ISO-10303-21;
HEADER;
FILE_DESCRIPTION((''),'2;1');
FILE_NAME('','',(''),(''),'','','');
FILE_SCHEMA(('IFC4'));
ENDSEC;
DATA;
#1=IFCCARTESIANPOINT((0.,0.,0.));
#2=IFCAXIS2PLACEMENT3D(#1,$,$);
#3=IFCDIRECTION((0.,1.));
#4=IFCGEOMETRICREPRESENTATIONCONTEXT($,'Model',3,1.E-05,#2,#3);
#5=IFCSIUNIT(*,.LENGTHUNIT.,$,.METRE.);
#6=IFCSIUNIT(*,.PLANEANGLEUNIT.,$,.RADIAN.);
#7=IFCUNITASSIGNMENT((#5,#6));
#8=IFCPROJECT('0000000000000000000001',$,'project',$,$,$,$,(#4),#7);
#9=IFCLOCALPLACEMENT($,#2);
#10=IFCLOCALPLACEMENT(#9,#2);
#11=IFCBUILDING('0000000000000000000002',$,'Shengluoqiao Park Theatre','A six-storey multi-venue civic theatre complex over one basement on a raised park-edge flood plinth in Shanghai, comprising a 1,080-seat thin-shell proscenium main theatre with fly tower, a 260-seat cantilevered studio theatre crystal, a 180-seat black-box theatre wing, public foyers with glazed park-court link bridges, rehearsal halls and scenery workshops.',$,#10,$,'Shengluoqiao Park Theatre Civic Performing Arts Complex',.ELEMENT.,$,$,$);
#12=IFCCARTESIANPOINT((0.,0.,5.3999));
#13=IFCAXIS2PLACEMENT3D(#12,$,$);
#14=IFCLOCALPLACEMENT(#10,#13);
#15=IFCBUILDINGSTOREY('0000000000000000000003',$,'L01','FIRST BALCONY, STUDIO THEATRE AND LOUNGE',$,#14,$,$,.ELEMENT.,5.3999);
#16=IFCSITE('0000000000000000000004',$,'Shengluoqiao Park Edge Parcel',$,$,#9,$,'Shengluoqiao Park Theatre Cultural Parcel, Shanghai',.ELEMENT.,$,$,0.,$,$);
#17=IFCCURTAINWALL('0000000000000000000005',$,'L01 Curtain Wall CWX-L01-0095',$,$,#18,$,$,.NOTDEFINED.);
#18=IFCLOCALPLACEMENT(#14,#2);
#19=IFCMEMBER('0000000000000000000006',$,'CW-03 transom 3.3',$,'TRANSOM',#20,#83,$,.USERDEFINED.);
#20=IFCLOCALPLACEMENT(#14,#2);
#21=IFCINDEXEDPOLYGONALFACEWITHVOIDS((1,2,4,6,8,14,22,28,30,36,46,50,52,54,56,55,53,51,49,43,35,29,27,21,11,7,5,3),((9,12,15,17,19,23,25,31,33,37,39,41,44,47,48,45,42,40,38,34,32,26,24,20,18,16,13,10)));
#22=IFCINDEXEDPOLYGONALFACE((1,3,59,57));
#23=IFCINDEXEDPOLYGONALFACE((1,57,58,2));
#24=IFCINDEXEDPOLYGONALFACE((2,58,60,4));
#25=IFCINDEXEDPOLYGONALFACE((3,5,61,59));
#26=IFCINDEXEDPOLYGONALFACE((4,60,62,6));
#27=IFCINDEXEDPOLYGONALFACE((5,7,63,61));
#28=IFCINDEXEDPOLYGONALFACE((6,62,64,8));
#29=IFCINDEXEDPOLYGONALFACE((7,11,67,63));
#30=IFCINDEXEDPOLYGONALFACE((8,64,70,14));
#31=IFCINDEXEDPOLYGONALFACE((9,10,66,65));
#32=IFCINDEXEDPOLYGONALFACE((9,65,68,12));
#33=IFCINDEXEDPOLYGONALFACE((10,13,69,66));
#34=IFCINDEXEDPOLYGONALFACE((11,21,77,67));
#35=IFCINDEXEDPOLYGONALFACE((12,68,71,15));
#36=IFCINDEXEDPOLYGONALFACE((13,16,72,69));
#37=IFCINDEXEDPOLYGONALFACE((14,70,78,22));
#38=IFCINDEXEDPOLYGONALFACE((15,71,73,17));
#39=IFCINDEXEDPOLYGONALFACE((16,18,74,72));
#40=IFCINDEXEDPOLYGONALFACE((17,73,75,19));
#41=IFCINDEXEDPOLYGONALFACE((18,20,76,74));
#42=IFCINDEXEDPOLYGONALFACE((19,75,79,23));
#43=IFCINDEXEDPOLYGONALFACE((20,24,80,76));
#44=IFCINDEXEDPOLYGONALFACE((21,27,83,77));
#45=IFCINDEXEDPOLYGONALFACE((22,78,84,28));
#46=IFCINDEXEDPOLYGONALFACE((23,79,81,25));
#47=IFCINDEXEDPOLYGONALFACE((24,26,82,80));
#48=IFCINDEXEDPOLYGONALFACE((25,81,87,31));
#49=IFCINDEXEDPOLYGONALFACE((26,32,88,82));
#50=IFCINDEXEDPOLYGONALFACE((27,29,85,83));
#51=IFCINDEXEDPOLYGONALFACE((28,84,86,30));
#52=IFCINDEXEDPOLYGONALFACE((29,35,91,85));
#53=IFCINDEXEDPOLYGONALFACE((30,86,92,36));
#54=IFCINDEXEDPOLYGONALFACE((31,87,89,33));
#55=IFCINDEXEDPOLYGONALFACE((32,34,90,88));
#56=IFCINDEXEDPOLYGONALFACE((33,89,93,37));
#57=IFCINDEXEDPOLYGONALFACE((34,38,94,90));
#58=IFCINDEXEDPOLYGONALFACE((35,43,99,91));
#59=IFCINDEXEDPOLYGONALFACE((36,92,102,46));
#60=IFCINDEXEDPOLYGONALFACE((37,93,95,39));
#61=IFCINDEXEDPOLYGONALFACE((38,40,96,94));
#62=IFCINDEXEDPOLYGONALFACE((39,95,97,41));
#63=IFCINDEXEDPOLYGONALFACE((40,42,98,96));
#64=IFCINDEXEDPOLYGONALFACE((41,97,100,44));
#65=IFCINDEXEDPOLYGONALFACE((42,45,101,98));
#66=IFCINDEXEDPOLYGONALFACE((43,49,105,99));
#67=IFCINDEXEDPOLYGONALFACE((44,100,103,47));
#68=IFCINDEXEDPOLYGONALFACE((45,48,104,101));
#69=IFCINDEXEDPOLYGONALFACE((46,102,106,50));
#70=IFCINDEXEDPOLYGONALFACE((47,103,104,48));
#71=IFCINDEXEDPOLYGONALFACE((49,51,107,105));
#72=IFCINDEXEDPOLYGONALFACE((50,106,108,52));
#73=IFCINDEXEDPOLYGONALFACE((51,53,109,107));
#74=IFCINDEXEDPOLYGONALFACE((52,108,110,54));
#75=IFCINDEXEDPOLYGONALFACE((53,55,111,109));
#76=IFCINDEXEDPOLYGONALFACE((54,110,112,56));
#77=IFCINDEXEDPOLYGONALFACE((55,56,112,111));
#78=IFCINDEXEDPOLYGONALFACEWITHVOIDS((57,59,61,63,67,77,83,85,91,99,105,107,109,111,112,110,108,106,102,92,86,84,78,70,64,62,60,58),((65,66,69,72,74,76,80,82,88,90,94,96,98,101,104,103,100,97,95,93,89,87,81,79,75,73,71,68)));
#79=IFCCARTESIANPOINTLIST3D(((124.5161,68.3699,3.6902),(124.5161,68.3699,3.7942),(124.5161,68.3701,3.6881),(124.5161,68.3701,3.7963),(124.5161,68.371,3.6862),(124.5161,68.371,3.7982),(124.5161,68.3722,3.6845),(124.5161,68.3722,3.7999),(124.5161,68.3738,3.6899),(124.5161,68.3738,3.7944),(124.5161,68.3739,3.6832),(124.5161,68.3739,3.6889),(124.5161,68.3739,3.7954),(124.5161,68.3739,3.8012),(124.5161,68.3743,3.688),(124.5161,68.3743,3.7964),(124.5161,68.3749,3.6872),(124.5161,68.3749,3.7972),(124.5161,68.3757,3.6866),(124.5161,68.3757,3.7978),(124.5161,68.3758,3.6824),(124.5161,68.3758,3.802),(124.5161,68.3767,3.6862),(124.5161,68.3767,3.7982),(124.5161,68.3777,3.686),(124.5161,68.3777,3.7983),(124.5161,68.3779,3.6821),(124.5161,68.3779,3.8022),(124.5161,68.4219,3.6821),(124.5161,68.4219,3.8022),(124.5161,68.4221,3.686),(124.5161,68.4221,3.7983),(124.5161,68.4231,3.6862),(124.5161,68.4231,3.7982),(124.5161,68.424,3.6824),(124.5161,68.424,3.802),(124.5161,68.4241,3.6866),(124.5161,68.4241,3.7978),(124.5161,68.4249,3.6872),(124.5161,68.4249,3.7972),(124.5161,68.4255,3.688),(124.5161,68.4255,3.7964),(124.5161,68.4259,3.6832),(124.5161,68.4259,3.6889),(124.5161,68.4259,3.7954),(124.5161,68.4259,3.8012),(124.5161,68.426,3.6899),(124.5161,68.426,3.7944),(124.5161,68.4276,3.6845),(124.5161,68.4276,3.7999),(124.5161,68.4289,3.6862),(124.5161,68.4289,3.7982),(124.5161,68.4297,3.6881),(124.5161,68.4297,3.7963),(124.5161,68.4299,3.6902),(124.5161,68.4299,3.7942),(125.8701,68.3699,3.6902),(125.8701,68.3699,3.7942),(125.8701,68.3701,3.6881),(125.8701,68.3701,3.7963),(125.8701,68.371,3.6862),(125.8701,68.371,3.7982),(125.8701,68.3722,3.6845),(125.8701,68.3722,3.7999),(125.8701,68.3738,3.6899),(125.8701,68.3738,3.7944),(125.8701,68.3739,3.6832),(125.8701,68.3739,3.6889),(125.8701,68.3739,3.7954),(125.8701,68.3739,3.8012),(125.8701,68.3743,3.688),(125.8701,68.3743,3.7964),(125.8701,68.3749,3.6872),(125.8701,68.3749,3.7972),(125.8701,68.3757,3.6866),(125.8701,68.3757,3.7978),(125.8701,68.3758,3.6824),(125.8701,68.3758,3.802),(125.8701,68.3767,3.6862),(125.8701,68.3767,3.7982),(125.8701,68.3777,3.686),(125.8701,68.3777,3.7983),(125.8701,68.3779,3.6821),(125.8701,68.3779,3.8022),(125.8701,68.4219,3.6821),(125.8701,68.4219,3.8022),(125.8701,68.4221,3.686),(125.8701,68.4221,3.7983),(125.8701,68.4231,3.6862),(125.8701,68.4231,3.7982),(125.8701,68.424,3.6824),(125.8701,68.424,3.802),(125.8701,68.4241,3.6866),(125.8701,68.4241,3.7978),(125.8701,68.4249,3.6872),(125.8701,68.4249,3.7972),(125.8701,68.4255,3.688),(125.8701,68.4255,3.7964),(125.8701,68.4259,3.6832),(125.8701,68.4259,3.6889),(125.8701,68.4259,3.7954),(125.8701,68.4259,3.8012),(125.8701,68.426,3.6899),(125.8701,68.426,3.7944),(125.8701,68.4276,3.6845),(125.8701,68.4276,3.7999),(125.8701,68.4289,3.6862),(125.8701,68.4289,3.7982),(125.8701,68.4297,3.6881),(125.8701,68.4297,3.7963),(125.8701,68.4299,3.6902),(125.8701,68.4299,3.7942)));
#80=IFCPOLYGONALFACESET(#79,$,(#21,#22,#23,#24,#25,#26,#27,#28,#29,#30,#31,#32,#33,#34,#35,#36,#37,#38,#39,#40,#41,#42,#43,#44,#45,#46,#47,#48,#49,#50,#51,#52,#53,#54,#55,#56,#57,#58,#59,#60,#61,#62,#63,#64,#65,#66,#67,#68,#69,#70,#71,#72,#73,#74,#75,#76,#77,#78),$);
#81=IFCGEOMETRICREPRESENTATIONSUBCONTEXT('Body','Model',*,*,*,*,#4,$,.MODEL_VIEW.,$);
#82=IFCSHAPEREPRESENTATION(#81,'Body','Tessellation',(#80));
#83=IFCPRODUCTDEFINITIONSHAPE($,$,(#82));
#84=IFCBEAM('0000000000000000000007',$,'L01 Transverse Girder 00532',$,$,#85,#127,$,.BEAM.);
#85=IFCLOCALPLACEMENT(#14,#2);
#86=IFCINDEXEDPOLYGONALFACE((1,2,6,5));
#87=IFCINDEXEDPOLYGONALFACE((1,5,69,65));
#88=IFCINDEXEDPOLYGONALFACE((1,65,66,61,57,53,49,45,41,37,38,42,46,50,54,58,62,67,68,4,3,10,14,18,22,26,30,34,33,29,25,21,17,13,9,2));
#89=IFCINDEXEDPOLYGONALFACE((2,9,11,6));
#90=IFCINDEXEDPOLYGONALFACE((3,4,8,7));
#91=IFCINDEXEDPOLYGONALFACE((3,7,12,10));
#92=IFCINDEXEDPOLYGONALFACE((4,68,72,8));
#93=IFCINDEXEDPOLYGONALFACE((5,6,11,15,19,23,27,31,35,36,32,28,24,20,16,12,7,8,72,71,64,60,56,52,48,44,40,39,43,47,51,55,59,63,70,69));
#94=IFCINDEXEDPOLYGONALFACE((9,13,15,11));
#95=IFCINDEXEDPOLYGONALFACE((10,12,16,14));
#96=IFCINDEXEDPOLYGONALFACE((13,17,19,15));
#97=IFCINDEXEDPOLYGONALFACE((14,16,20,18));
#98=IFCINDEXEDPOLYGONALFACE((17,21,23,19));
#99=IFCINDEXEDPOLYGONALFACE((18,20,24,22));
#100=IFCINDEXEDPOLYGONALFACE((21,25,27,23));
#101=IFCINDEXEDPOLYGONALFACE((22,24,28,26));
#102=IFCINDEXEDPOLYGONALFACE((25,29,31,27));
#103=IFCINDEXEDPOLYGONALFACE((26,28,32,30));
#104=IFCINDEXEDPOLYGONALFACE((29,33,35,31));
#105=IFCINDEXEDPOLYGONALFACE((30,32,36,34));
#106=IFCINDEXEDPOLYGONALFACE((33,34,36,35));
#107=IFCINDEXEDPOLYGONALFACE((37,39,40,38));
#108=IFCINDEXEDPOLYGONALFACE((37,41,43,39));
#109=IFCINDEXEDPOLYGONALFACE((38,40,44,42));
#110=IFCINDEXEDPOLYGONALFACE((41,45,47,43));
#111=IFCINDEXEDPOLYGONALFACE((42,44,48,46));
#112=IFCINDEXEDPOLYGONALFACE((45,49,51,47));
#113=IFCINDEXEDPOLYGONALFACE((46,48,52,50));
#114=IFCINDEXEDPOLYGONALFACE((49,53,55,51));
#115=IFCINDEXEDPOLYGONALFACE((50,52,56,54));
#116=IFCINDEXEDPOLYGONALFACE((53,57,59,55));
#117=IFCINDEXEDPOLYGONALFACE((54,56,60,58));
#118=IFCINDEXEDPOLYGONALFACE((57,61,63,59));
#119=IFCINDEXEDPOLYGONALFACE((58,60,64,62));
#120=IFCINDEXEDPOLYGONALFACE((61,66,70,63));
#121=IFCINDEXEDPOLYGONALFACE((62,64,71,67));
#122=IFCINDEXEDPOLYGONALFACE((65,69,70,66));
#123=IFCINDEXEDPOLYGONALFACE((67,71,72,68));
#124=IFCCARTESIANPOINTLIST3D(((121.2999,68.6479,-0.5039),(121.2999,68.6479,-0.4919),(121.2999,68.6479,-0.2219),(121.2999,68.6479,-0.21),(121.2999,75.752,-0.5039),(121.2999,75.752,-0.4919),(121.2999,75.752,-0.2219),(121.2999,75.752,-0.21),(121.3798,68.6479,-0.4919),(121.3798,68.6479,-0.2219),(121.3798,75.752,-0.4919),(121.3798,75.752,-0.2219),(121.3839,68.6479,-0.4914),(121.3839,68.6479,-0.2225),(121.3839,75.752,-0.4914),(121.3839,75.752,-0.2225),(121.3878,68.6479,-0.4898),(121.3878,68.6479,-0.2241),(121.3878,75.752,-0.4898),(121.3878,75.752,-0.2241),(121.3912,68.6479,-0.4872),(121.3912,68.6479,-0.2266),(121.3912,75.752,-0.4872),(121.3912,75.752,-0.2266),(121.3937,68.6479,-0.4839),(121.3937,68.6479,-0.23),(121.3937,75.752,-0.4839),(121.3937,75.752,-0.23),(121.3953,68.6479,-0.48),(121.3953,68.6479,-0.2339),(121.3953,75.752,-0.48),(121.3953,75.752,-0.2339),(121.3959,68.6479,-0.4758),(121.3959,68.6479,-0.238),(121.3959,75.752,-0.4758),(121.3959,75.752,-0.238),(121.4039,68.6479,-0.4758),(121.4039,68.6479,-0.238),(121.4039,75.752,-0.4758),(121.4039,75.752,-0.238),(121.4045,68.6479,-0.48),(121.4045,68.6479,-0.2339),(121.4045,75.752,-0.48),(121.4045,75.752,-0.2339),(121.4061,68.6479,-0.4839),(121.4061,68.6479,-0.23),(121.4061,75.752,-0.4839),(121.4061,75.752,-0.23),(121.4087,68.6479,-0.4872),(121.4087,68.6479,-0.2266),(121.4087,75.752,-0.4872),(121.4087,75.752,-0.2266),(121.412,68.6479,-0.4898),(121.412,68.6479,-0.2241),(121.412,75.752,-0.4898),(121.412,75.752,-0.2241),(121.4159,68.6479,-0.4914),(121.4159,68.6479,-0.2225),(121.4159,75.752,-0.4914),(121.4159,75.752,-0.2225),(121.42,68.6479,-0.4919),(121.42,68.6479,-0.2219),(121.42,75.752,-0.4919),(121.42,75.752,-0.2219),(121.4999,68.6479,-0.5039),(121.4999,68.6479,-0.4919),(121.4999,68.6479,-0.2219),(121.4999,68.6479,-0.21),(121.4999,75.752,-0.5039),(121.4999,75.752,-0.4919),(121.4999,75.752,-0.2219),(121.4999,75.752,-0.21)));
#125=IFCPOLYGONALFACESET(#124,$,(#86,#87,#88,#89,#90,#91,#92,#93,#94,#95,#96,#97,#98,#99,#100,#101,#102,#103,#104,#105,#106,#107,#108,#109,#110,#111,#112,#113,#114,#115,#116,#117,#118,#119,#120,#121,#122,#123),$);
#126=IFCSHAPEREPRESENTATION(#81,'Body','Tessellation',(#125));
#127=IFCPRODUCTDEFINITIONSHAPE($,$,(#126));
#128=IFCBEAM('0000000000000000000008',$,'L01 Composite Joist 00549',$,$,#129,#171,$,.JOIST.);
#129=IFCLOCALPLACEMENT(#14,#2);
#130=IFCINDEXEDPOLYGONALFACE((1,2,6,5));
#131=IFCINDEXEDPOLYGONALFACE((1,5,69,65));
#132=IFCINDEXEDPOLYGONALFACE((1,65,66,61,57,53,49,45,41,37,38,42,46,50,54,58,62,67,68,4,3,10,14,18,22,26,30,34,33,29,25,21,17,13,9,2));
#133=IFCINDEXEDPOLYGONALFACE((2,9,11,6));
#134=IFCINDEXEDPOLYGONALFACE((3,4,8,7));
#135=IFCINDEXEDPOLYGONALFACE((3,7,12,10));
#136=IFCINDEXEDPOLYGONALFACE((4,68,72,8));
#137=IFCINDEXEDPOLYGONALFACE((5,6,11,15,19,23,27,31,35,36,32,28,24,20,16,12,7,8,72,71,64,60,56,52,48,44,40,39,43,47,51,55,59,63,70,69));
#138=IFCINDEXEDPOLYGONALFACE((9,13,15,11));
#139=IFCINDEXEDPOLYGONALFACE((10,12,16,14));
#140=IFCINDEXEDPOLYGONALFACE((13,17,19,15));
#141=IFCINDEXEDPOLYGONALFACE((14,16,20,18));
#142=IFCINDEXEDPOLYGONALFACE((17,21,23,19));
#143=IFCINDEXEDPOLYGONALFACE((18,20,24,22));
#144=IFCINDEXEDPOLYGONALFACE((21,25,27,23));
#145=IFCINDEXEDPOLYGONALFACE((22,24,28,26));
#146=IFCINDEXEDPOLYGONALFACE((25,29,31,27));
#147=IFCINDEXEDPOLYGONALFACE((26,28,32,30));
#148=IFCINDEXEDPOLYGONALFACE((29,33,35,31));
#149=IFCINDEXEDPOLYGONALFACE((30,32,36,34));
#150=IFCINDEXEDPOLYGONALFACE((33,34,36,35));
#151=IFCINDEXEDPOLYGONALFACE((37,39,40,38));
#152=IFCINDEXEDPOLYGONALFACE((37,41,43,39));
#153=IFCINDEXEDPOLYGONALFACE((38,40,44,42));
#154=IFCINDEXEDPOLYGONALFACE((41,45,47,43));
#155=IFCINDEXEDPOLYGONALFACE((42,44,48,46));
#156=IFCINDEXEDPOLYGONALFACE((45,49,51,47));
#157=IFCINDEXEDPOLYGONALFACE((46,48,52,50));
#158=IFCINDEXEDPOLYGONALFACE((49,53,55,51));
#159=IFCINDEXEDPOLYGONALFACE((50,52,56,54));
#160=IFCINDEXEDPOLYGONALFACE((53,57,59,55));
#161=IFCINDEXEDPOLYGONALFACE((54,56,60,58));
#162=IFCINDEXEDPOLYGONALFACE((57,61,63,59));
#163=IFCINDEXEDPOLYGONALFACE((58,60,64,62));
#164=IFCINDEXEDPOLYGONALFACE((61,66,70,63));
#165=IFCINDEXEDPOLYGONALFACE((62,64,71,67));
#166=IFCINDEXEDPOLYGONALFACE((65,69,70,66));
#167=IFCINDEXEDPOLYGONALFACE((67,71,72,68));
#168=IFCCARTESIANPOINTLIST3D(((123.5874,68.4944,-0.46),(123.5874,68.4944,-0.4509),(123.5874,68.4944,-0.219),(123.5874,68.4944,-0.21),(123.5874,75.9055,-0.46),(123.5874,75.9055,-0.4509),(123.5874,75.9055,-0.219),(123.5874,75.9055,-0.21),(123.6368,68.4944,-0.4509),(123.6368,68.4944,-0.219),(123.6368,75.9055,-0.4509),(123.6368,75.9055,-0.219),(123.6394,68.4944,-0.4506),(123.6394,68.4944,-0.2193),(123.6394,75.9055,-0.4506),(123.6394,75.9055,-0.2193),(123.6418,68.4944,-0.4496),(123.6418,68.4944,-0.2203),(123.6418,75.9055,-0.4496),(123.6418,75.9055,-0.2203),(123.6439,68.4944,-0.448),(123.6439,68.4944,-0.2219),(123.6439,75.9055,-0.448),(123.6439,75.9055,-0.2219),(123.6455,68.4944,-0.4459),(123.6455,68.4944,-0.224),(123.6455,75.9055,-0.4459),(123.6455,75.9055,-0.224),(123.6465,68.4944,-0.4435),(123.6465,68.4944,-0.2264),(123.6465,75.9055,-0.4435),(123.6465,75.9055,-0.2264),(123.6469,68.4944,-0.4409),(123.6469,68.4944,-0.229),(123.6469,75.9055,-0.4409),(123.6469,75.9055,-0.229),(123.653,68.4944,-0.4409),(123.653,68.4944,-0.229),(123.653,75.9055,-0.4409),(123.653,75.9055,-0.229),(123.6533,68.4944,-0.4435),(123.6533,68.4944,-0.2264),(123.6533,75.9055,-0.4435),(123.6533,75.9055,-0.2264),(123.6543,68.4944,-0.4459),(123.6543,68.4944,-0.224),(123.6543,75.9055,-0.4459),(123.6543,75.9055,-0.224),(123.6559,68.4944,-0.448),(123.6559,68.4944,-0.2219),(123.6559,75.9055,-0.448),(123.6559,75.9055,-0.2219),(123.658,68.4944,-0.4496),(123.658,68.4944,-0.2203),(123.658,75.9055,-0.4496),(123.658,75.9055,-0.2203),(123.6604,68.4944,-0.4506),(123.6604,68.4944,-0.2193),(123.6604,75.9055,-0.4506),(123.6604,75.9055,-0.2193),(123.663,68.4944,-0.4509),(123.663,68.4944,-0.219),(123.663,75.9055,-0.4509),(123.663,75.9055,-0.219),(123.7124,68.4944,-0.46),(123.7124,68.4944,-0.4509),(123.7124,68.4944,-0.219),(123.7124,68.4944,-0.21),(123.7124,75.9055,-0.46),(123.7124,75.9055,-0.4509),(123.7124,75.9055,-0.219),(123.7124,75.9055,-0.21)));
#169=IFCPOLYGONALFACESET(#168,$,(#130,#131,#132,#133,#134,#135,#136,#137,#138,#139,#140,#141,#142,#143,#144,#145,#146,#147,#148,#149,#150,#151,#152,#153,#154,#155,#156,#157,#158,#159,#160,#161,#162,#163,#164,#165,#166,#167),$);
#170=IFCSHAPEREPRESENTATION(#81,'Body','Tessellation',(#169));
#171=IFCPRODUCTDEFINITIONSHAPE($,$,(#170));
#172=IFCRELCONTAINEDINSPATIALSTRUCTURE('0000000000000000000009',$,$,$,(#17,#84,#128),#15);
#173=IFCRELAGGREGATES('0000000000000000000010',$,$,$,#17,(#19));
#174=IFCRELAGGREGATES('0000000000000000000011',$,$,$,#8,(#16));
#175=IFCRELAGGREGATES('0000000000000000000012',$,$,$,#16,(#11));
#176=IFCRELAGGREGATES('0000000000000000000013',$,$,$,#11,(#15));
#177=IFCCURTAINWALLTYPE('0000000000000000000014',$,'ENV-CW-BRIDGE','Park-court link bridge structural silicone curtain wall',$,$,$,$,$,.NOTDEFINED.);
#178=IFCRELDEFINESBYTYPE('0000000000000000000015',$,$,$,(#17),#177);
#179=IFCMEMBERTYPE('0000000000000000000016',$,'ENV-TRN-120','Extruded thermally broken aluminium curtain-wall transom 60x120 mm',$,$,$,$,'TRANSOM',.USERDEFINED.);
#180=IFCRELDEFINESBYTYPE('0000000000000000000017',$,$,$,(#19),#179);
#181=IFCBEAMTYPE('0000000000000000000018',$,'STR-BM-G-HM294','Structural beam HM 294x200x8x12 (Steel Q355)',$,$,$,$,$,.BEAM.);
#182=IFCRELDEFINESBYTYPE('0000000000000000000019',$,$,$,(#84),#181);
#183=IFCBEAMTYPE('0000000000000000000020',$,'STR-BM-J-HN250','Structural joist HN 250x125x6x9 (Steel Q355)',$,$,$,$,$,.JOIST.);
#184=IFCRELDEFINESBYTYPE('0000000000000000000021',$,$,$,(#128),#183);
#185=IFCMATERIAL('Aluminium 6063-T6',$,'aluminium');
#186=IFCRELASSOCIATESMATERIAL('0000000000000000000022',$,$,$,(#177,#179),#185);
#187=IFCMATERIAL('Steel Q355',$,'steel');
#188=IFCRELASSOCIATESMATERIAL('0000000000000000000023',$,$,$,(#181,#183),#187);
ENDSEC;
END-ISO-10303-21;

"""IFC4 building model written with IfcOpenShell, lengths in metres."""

from ifc_helpers import new_model, si_unit, direction, frame, origin, origin_2d, place, context, subcontext, project, spatial, hollow_rectangle, i_section, extrude, material, material_profile, profile_set, type_object, element, aggregate, save


model = new_model("IFC4")

# Units and contexts
model_context = context("Model", 3, precision=1e-05, world=origin(), true_north=direction((0.0, 1.0)))
body_context = subcontext(model_context, "Body", "Model", "MODEL_VIEW")
ifc_project = project(units=[si_unit("LENGTHUNIT", "METRE"), si_unit("PLANEANGLEUNIT", "RADIAN")], contexts=[model_context])

# Site, building, storey
site_placement = place(None, origin())
site = spatial("IfcSite", under=ifc_project, at=site_placement, Name="Shengluoqiao Park Edge Parcel", LongName="Shengluoqiao Park Theatre Cultural Parcel, Shanghai", CompositionType="ELEMENT", RefElevation=0.0)
building_placement = place(site_placement, origin())
building = spatial("IfcBuilding", under=site, at=building_placement, Name="Shengluoqiao Park Theatre", Description="A six-storey multi-venue civic theatre complex over one basement on a raised park-edge flood plinth in Shanghai, comprising a 1,080-seat thin-shell proscenium main theatre with fly tower, a 260-seat cantilevered studio theatre crystal, a 180-seat black-box theatre wing, public foyers with glazed park-court link bridges, rehearsal halls and scenery workshops.", LongName="Shengluoqiao Park Theatre Civic Performing Arts Complex", CompositionType="ELEMENT")
storey_placement = place(building_placement, frame((0.0, 0.0, 5.3999)))
storey = spatial("IfcBuildingStorey", under=building, at=storey_placement, Name="L01", Description="FIRST BALCONY, STUDIO THEATRE AND LOUNGE", CompositionType="ELEMENT", Elevation=5.3999)

# Shared definitions
ifc_material_1 = material(Name="Aluminium 6063-T6", Category="aluminium")
curtain_wall_type = type_object("IfcCurtainWallType", Name="ENV-CW-BRIDGE", Description="Park-court link bridge structural silicone curtain wall", PredefinedType="NOTDEFINED", material=ifc_material_1)

# Curtain wall, member
curtain_wall_1_placement = place(storey_placement, origin())
curtain_wall_1 = element("IfcCurtainWall", 1, at=curtain_wall_1_placement, inside=storey, type_object=curtain_wall_type, Name="L01 Curtain Wall CWX-L01-0095", PredefinedType="NOTDEFINED")
ifc_material_profile_1 = material_profile(ifc_material_1, hollow_rectangle(XDim=0.0601, YDim=0.1201, WallThickness=0.0039, InnerFilletRadius=0.0039, OuterFilletRadius=0.0081, at=origin_2d()), Name="ALU TRANSOM 120x60x4")
ifc_profile_set_1 = profile_set([ifc_material_profile_1], Name="Aluminium 6063-T6")
member_type_1 = type_object("IfcMemberType", Name="ENV-TRN-120", Description="Extruded thermally broken aluminium curtain-wall transom 60x120 mm", ElementType="TRANSOM", PredefinedType="USERDEFINED", material=ifc_profile_set_1)
member_1_placement = place(storey_placement, frame((124.5161, 68.3999, 3.7422), z_axis=(1.0, 0.0, 0.0), x_axis=(0.0, 1.0, 0.0)))
member_1 = element("IfcMember", 2, at=member_1_placement, type_object=member_type_1, Name="CW-03 transom 3.3", ObjectType="TRANSOM", PredefinedType="USERDEFINED", context=body_context, shape_type="SweptSolid", body=[
    extrude(hollow_rectangle(XDim=0.0601, YDim=0.1201, WallThickness=0.0039, InnerFilletRadius=0.0039, OuterFilletRadius=0.0081, at=origin_2d()), origin(), (0.0, 0.0, 1.0), 1.354),
])

# Beams
ifc_material_2 = material(Name="Steel Q355", Category="steel")
ifc_material_profile_2 = material_profile(ifc_material_2, i_section(OverallWidth=0.2, OverallDepth=0.2939, WebThickness=0.0081, FlangeThickness=0.012, FilletRadius=0.0161, at=origin_2d()), Name="HM 294x200x8x12")
ifc_profile_set_2 = profile_set([ifc_material_profile_2], Name="Steel Q355")
beam_type_1 = type_object("IfcBeamType", Name="STR-BM-G-HM294", Description="Structural beam HM 294x200x8x12 (Steel Q355)", PredefinedType="BEAM", material=ifc_profile_set_2)
beam_1_placement = place(storey_placement, frame((121.3999, 68.6479, -0.3569), z_axis=(0.0, 1.0, 0.0), x_axis=(-1.0, 0.0, 0.0)))
element("IfcBeam", 3, at=beam_1_placement, inside=storey, type_object=beam_type_1, Name="L01 Transverse Girder 00532", PredefinedType="BEAM", context=body_context, shape_type="SweptSolid", body=[
    extrude(i_section(OverallWidth=0.2, OverallDepth=0.2939, WebThickness=0.0081, FlangeThickness=0.012, FilletRadius=0.0161, at=origin_2d()), origin(), (0.0, 0.0, 1.0), 7.104),
])
ifc_material_profile_3 = material_profile(ifc_material_2, i_section(OverallWidth=0.125, OverallDepth=0.25, WebThickness=0.0061, FlangeThickness=0.009, FilletRadius=0.01, at=origin_2d()), Name="HN 250x125x6x9")
ifc_profile_set_3 = profile_set([ifc_material_profile_3], Name="Steel Q355")
beam_type_2 = type_object("IfcBeamType", Name="STR-BM-J-HN250", Description="Structural joist HN 250x125x6x9 (Steel Q355)", PredefinedType="JOIST", material=ifc_profile_set_3)
for number, where, z_axis, x_axis, name in (
    (4, (123.6499, 68.4944, -0.335), (0.0, 1.0, 0.0), (-1.0, 0.0, 0.0), "L01 Composite Joist 00549"),
):
    element("IfcBeam", number, at=place(storey_placement, frame(where, z_axis=z_axis, x_axis=x_axis)), inside=storey, type_object=beam_type_2, Name=name, PredefinedType="JOIST", context=body_context, shape_type="SweptSolid", body=[
        extrude(i_section(OverallWidth=0.125, OverallDepth=0.25, WebThickness=0.0061, FlangeThickness=0.009, FilletRadius=0.01, at=origin_2d()), origin(), (0.0, 0.0, 1.0), 7.4111),
    ])

aggregate(curtain_wall_1, [member_1])

save(model, "model.ifc")
